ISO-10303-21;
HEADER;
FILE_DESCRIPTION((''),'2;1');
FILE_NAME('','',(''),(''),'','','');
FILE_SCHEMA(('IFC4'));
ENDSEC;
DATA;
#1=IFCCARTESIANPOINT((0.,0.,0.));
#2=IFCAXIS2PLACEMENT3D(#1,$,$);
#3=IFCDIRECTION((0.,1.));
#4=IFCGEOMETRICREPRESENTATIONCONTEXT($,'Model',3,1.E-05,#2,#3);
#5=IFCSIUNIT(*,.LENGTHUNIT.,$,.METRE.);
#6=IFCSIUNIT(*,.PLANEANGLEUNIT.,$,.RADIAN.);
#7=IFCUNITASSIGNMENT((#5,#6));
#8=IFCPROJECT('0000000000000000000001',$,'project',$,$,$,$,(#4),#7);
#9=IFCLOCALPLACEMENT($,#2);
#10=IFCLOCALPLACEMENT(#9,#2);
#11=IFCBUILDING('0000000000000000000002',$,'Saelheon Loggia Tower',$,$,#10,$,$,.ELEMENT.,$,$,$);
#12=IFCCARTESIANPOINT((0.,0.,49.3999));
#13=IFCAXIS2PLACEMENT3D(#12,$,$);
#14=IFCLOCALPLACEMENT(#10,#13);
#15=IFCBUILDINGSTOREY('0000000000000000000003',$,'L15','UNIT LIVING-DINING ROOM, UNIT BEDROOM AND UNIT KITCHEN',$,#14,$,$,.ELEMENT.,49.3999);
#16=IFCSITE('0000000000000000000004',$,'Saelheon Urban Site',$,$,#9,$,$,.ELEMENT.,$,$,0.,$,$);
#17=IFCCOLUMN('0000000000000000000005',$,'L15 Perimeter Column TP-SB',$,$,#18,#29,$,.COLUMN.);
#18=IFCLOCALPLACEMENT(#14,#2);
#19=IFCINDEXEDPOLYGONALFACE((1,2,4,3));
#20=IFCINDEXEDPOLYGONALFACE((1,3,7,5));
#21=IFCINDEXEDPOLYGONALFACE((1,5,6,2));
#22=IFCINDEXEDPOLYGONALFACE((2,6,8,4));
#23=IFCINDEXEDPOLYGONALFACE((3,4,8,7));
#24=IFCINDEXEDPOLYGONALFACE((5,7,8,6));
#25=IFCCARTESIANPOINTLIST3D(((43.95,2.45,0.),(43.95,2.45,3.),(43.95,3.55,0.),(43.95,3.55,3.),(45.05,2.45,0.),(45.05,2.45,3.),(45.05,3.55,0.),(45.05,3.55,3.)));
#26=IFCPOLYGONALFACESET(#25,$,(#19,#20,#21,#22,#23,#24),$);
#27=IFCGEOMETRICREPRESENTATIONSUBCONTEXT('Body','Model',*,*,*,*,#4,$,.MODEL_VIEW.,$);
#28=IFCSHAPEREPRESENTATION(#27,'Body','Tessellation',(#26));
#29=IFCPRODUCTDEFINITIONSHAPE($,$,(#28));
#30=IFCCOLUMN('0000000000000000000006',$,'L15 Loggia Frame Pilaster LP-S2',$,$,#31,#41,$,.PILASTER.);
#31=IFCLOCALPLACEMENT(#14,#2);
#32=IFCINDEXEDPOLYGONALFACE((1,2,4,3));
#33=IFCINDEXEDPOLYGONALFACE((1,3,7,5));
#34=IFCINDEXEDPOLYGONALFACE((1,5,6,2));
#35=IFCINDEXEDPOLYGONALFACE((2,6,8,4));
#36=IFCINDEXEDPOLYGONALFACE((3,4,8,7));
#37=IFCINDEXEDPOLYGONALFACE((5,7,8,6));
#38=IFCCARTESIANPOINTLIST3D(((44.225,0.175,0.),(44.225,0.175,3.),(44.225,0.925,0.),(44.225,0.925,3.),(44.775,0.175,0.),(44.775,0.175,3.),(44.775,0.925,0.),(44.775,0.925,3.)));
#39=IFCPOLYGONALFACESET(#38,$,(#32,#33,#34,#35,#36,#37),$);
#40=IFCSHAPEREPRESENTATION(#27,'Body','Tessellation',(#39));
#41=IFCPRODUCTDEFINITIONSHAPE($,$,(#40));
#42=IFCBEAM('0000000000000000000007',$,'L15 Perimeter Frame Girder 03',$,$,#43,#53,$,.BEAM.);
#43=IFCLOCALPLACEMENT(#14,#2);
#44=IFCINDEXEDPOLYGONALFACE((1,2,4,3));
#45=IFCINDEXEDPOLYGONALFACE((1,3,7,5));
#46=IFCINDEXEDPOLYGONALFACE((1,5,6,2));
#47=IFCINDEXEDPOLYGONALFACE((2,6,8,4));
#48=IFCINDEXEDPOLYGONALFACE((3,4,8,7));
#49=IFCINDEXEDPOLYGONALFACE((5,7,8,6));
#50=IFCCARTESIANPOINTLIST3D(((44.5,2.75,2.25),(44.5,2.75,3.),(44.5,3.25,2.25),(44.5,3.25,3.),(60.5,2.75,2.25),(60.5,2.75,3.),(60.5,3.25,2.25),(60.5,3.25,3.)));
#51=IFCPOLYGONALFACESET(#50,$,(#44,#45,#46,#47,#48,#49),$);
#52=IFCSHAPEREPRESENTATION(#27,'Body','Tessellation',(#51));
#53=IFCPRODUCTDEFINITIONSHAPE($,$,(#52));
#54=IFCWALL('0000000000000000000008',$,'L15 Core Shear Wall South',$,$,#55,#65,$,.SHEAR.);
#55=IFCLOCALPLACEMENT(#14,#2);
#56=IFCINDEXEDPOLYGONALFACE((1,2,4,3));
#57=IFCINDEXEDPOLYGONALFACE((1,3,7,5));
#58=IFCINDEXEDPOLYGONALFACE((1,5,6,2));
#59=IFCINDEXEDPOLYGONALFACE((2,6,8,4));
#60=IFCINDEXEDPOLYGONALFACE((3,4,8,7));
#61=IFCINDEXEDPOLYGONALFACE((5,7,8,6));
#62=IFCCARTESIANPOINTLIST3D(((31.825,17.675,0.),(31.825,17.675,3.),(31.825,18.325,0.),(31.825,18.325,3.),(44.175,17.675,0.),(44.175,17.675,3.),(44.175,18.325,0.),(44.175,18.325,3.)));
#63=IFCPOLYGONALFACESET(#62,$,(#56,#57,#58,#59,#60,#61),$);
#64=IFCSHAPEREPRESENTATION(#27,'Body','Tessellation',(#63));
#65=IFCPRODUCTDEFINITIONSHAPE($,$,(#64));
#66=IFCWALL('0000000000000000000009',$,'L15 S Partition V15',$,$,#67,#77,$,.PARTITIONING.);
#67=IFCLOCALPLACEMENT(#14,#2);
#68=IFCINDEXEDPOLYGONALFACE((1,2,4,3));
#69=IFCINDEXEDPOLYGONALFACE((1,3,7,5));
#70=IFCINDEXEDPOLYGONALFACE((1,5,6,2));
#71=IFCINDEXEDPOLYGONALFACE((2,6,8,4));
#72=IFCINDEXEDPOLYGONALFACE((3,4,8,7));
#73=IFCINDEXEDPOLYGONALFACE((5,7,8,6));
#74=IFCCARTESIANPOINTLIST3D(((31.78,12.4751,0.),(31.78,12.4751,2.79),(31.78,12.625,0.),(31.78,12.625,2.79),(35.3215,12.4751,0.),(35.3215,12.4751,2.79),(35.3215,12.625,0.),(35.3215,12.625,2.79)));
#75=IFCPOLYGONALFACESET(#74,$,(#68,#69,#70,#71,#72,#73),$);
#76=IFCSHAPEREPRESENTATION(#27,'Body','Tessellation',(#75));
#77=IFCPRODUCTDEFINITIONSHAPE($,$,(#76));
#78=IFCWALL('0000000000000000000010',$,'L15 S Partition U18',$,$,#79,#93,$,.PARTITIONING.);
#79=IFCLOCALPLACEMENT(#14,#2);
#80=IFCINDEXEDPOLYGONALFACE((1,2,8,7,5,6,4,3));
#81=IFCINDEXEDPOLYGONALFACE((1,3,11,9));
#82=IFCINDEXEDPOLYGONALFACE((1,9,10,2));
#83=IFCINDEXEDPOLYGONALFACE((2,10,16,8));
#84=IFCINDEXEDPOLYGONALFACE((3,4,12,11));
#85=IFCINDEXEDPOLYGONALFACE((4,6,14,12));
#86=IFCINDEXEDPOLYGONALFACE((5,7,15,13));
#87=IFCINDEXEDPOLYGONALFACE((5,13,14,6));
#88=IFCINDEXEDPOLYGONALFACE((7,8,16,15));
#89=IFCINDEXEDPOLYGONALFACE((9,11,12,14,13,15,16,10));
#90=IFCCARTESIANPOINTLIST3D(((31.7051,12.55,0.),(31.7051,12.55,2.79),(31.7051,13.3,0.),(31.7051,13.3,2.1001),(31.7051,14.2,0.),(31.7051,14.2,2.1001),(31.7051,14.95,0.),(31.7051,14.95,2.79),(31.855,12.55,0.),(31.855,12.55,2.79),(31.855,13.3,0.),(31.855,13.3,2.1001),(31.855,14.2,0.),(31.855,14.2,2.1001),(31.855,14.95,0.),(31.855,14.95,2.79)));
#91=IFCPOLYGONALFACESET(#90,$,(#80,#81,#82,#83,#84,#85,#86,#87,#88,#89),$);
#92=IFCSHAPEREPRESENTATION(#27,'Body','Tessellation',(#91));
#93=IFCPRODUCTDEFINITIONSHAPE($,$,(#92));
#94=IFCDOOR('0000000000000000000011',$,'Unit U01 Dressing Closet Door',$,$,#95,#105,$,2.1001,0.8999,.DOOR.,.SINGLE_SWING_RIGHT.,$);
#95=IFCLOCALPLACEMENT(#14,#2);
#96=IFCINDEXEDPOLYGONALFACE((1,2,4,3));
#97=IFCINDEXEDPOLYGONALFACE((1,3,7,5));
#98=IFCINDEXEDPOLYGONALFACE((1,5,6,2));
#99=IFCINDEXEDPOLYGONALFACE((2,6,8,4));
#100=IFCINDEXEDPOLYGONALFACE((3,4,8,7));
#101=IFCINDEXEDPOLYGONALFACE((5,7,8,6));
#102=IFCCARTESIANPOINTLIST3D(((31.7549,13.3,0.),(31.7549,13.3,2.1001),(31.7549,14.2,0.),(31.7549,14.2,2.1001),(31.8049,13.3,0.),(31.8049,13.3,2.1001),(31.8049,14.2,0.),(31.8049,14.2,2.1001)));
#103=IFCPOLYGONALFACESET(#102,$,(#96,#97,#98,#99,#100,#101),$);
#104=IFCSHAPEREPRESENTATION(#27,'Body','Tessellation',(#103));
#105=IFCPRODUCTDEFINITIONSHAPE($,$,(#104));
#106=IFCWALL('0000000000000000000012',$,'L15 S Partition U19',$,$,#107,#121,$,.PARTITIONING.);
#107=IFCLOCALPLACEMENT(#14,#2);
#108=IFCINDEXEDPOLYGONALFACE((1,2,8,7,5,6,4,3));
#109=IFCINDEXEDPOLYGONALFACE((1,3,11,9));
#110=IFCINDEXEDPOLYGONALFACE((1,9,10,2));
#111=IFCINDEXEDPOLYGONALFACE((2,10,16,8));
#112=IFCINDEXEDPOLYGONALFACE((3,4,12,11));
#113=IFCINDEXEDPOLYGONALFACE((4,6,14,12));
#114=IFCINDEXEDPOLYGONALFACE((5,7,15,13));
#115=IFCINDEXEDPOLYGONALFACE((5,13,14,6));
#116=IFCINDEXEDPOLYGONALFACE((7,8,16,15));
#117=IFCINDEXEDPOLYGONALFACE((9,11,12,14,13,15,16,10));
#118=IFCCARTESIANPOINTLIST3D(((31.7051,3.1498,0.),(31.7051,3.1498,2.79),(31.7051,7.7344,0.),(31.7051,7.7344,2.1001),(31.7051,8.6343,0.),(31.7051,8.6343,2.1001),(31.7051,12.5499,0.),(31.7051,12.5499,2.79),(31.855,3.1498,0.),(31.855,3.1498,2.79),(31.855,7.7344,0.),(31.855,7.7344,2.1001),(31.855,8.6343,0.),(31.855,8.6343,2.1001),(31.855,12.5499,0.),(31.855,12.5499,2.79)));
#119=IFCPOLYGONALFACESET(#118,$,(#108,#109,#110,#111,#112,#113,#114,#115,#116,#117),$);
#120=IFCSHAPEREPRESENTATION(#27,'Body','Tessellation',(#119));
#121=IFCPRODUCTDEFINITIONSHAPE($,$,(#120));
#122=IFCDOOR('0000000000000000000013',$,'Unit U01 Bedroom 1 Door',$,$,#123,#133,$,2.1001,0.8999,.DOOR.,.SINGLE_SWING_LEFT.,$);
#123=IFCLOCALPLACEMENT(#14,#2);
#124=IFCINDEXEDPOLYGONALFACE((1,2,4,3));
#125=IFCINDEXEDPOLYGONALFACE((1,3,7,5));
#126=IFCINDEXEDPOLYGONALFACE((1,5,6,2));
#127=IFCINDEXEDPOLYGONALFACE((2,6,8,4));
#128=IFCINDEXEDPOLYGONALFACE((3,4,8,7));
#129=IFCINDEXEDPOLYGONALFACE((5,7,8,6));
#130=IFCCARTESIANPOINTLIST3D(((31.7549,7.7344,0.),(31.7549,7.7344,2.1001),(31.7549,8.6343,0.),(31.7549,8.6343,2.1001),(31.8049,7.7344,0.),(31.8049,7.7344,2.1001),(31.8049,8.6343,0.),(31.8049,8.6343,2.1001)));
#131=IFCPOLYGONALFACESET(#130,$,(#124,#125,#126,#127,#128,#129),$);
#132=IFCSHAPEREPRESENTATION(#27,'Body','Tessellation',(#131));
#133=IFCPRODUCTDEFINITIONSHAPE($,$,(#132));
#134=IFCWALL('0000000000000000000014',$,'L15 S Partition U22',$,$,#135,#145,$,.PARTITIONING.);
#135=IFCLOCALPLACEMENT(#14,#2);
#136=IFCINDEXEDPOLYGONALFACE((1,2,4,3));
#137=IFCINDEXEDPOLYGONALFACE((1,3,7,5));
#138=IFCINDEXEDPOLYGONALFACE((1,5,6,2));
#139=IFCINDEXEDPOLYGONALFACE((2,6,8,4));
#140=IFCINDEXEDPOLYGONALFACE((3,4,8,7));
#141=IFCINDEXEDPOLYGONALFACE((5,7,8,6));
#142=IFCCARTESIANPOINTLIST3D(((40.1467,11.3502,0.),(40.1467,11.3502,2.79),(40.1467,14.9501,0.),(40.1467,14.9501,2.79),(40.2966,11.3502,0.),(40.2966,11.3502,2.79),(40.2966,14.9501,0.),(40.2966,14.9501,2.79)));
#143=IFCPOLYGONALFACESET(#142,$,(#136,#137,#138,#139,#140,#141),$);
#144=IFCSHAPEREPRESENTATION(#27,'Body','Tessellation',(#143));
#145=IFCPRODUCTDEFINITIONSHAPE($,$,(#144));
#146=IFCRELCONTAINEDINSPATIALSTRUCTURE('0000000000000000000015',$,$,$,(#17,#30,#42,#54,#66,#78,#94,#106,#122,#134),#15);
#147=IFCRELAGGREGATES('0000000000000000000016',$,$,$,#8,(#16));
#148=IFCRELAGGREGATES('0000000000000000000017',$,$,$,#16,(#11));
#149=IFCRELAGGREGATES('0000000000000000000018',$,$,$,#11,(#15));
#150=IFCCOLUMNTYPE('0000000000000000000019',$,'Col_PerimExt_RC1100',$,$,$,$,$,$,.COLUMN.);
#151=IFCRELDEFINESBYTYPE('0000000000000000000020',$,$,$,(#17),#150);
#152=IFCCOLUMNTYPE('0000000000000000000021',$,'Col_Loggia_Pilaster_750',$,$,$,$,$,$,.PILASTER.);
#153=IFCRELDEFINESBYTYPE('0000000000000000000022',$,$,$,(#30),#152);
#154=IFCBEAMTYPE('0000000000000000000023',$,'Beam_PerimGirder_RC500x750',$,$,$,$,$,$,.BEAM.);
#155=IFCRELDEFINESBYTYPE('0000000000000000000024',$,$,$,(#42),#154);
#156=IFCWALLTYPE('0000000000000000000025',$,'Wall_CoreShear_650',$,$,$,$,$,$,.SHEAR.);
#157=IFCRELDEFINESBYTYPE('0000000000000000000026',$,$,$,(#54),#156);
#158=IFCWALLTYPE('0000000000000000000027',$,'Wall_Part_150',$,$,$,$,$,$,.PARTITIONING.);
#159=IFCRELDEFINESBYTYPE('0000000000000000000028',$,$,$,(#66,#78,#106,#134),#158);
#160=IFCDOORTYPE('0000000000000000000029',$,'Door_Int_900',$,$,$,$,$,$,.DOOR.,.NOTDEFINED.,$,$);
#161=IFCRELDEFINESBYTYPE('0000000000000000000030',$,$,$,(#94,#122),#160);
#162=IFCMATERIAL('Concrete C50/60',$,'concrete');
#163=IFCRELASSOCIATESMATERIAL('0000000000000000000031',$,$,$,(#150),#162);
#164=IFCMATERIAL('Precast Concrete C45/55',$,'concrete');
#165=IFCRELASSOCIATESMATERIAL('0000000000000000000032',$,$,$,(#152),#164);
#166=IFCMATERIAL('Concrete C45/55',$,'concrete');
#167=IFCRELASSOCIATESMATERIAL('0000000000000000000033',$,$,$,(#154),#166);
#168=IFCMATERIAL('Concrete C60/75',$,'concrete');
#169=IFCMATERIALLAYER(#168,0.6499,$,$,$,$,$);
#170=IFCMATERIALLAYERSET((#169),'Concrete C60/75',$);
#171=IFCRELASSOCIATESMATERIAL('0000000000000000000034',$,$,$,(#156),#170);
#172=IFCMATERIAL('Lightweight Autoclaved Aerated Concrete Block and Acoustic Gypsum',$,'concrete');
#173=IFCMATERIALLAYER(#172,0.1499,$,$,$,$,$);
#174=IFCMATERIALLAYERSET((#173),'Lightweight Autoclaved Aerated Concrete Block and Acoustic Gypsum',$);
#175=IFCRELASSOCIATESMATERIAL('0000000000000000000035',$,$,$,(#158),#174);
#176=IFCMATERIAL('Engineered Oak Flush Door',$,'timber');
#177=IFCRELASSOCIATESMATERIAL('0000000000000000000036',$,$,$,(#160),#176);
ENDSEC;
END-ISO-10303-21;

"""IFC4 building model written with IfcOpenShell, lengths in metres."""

from ifc_helpers import new_model, si_unit, direction, frame, frame_2d, origin, origin_2d, place, context, subcontext, project, spatial, rectangle, extrude, source, transform, mapped, material, layer, layer_set, material_profile, profile_set, type_object, element, fill, save


model = new_model("IFC4")

# Units and contexts
model_context = context("Model", 3, precision=1e-05, world=origin(), true_north=direction((0.0, 1.0)))
body_context = subcontext(model_context, "Body", "Model", "MODEL_VIEW")
ifc_project = project(units=[si_unit("LENGTHUNIT", "METRE"), si_unit("PLANEANGLEUNIT", "RADIAN")], contexts=[model_context])

# Site, building, storey
site_placement = place(None, origin())
site = spatial("IfcSite", under=ifc_project, at=site_placement, Name="Saelheon Urban Site", CompositionType="ELEMENT", RefElevation=0.0)
building_placement = place(site_placement, origin())
building = spatial("IfcBuilding", under=site, at=building_placement, Name="Saelheon Loggia Tower", CompositionType="ELEMENT")
storey_placement = place(building_placement, frame((0.0, 0.0, 49.3999)))
storey = spatial("IfcBuildingStorey", under=building, at=storey_placement, Name="L15", Description="UNIT LIVING-DINING ROOM, UNIT BEDROOM AND UNIT KITCHEN", CompositionType="ELEMENT", Elevation=49.3999)

# Columns
ifc_material_1 = material(Name="Concrete C50/60", Category="concrete")
ifc_material_profile_1 = material_profile(ifc_material_1, rectangle(XDim=1.1001, YDim=1.1001, at=origin_2d()), Name="RC-1100x1100")
ifc_profile_set_1 = profile_set([ifc_material_profile_1], Name="Concrete C50/60")
column_type_1 = type_object("IfcColumnType", Name="Col_PerimExt_RC1100", PredefinedType="COLUMN", material=ifc_profile_set_1)
shared_shape_1 = source(origin(), body_context, "Body", "SweptSolid", [
    extrude(rectangle(XDim=1.1001, YDim=1.1001, at=origin_2d()), origin(), (0.0, 0.0, 1.0), 3.0),
])
column_1_placement = place(storey_placement, frame((44.5, 3.0, 0.0), z_axis=(0.0, 0.0, 1.0), x_axis=(1.0, 0.0, 0.0)))
element("IfcColumn", 1, at=column_1_placement, inside=storey, type_object=column_type_1, Name="L15 Perimeter Column TP-SB", PredefinedType="COLUMN", context=body_context, shape_type="MappedRepresentation", body=[
    mapped(shared_shape_1, transform((0.0, 0.0, 0.0), scale=1.0)),
])
ifc_material_2 = material(Name="Precast Concrete C45/55", Category="concrete")
ifc_material_profile_2 = material_profile(ifc_material_2, rectangle(XDim=0.55, YDim=0.75, at=origin_2d()), Name="RC-550x750")
ifc_profile_set_2 = profile_set([ifc_material_profile_2], Name="Precast Concrete C45/55")
column_type_2 = type_object("IfcColumnType", Name="Col_Loggia_Pilaster_750", PredefinedType="PILASTER", material=ifc_profile_set_2)
shared_shape_2 = source(origin(), body_context, "Body", "SweptSolid", [
    extrude(rectangle(XDim=0.55, YDim=0.75, at=origin_2d()), origin(), (0.0, 0.0, 1.0), 3.0),
])
column_2_placement = place(storey_placement, frame((44.5, 0.55, 0.0), z_axis=(0.0, 0.0, 1.0), x_axis=(1.0, 0.0, 0.0)))
element("IfcColumn", 2, at=column_2_placement, inside=storey, type_object=column_type_2, Name="L15 Loggia Frame Pilaster LP-S2", PredefinedType="PILASTER", context=body_context, shape_type="MappedRepresentation", body=[
    mapped(shared_shape_2, transform((0.0, 0.0, 0.0), scale=1.0)),
])

# Beam
ifc_material_3 = material(Name="Concrete C45/55", Category="concrete")
ifc_material_profile_3 = material_profile(ifc_material_3, rectangle(XDim=0.5, YDim=0.75, at=origin_2d()), Name="RC-500x750")
ifc_profile_set_3 = profile_set([ifc_material_profile_3], Name="Concrete C45/55")
beam_type = type_object("IfcBeamType", Name="Beam_PerimGirder_RC500x750", PredefinedType="BEAM", material=ifc_profile_set_3)
shared_shape_3 = source(origin(), body_context, "Body", "SweptSolid", [
    extrude(rectangle(XDim=0.5, YDim=0.75, at=origin_2d()), origin(), (0.0, 0.0, 1.0), 16.0),
])
beam_placement = place(storey_placement, frame((44.5, 3.0, 2.625), z_axis=(1.0, 0.0, 0.0), x_axis=(0.0, 1.0, 0.0)))
element("IfcBeam", 3, at=beam_placement, inside=storey, type_object=beam_type, Name="L15 Perimeter Frame Girder 03", PredefinedType="BEAM", context=body_context, shape_type="MappedRepresentation", body=[
    mapped(shared_shape_3, transform((0.0, 0.0, 0.0), scale=1.0)),
])

# Walls
ifc_material_4 = material(Name="Concrete C60/75", Category="concrete")
ifc_layer_1 = layer(ifc_material_4, 0.6499)
ifc_layer_set_1 = layer_set([ifc_layer_1], Name="Concrete C60/75")
wall_type_1 = type_object("IfcWallType", Name="Wall_CoreShear_650", PredefinedType="SHEAR", material=ifc_layer_set_1)
wall_1_placement = place(storey_placement, frame((31.825, 18.0, 0.0), z_axis=(0.0, 0.0, 1.0), x_axis=(1.0, 0.0, 0.0)))
element("IfcWall", 4, at=wall_1_placement, inside=storey, type_object=wall_type_1, Name="L15 Core Shear Wall South", PredefinedType="SHEAR", context=body_context, shape_type="SweptSolid", body=[
    extrude(rectangle(XDim=12.3501, YDim=0.6499, at=frame_2d((6.175, 0.0))), origin(), (0.0, 0.0, 1.0), 3.0),
])
ifc_material_5 = material(Name="Lightweight Autoclaved Aerated Concrete Block and Acoustic Gypsum", Category="concrete")
ifc_layer_2 = layer(ifc_material_5, 0.1499)
ifc_layer_set_2 = layer_set([ifc_layer_2], Name="Lightweight Autoclaved Aerated Concrete Block and Acoustic Gypsum")
wall_type_2 = type_object("IfcWallType", Name="Wall_Part_150", PredefinedType="PARTITIONING", material=ifc_layer_set_2)
wall_2_placement = place(storey_placement, frame((31.78, 12.55, 0.0), z_axis=(0.0, 0.0, 1.0), x_axis=(1.0, 0.0, 0.0)))
element("IfcWall", 5, at=wall_2_placement, inside=storey, type_object=wall_type_2, Name="L15 S Partition V15", PredefinedType="PARTITIONING", context=body_context, shape_type="SweptSolid", body=[
    extrude(rectangle(XDim=3.5415, YDim=0.1499, at=frame_2d((1.7708, 0.0))), origin(), (0.0, 0.0, 1.0), 2.79),
])

# Walls, openings, doors
wall_3_placement = place(storey_placement, frame((31.78, 14.95, 0.0), z_axis=(0.0, 0.0, 1.0), x_axis=(0.0, -1.0, 0.0)))
wall_3 = element("IfcWall", 6, at=wall_3_placement, inside=storey, type_object=wall_type_2, Name="L15 S Partition U18", PredefinedType="PARTITIONING", context=body_context, shape_type="SweptSolid", body=[
    extrude(rectangle(XDim=2.3999, YDim=0.1499, at=frame_2d((1.2, 0.0))), origin(), (0.0, 0.0, 1.0), 2.79),
])
opening_1_placement = place(wall_3_placement, frame((0.75, 0.0, 0.0)))
opening_1 = element("IfcOpeningElement", 7, at=opening_1_placement, cuts=wall_3, PredefinedType="OPENING", context=body_context, shape_type="SweptSolid", body=[
    extrude(rectangle(XDim=0.8999, YDim=2.1001, at=frame_2d((0.45, 1.05))), frame((0.0, 0.0869, 0.0), z_axis=(0.0, -1.0, 0.0), x_axis=(1.0, 0.0, 0.0)), (0.0, 0.0, 1.0), 0.1738),
])
ifc_material_6 = material(Name="Engineered Oak Flush Door", Category="timber")
door_type_1 = type_object("IfcDoorType", Name="Door_Int_900", OperationType="NOTDEFINED", PredefinedType="DOOR", material=ifc_material_6)
shared_shape_4 = source(origin(), body_context, "Body", "SweptSolid", [
    extrude(rectangle(XDim=0.8999, YDim=2.1001, at=frame_2d((0.45, 1.05))), frame((0.0, 0.0249, 0.0), z_axis=(0.0, -1.0, 0.0), x_axis=(1.0, 0.0, 0.0)), (0.0, 0.0, 1.0), 0.05),
])
door_1_placement = place(opening_1_placement, origin())
door_1 = element("IfcDoor", 8, at=door_1_placement, inside=storey, type_object=door_type_1, Name="Unit U01 Dressing Closet Door", OperationType="SINGLE_SWING_RIGHT", OverallHeight=2.1001, OverallWidth=0.8999, PredefinedType="DOOR", context=body_context, shape_type="MappedRepresentation", body=[
    mapped(shared_shape_4, transform((0.0, 0.0, 0.0), scale=1.0)),
])
fill(opening_1, door_1)
wall_4_placement = place(storey_placement, frame((31.78, 12.55, 0.0), z_axis=(0.0, 0.0, 1.0), x_axis=(0.0, -1.0, 0.0)))
wall_4 = element("IfcWall", 9, at=wall_4_placement, inside=storey, type_object=wall_type_2, Name="L15 S Partition U19", PredefinedType="PARTITIONING", context=body_context, shape_type="SweptSolid", body=[
    extrude(rectangle(XDim=9.4001, YDim=0.1499, at=frame_2d((4.7002, 0.0))), origin(), (0.0, 0.0, 1.0), 2.79),
])
opening_2_placement = place(wall_4_placement, frame((3.9158, 0.0, 0.0)))
opening_2 = element("IfcOpeningElement", 10, at=opening_2_placement, cuts=wall_4, PredefinedType="OPENING", context=body_context, shape_type="SweptSolid", body=[
    extrude(rectangle(XDim=0.8999, YDim=2.1001, at=frame_2d((0.45, 1.05))), frame((0.0, 0.0869, 0.0), z_axis=(0.0, -1.0, 0.0), x_axis=(1.0, 0.0, 0.0)), (0.0, 0.0, 1.0), 0.1738),
])
door_2_placement = place(opening_2_placement, origin())
door_2 = element("IfcDoor", 11, at=door_2_placement, inside=storey, type_object=door_type_1, Name="Unit U01 Bedroom 1 Door", OperationType="SINGLE_SWING_LEFT", OverallHeight=2.1001, OverallWidth=0.8999, PredefinedType="DOOR", context=body_context, shape_type="MappedRepresentation", body=[
    mapped(shared_shape_4, transform((0.0, 0.0, 0.0), scale=1.0)),
])
fill(opening_2, door_2)

# Wall
wall_5_placement = place(storey_placement, frame((40.2217, 14.95, 0.0), z_axis=(0.0, 0.0, 1.0), x_axis=(0.0, -1.0, 0.0)))
element("IfcWall", 12, at=wall_5_placement, inside=storey, type_object=wall_type_2, Name="L15 S Partition U22", PredefinedType="PARTITIONING", context=body_context, shape_type="SweptSolid", body=[
    extrude(rectangle(XDim=3.5999, YDim=0.1499, at=frame_2d((1.7998, 0.0))), origin(), (0.0, 0.0, 1.0), 2.79),
])

save(model, "model.ifc")
